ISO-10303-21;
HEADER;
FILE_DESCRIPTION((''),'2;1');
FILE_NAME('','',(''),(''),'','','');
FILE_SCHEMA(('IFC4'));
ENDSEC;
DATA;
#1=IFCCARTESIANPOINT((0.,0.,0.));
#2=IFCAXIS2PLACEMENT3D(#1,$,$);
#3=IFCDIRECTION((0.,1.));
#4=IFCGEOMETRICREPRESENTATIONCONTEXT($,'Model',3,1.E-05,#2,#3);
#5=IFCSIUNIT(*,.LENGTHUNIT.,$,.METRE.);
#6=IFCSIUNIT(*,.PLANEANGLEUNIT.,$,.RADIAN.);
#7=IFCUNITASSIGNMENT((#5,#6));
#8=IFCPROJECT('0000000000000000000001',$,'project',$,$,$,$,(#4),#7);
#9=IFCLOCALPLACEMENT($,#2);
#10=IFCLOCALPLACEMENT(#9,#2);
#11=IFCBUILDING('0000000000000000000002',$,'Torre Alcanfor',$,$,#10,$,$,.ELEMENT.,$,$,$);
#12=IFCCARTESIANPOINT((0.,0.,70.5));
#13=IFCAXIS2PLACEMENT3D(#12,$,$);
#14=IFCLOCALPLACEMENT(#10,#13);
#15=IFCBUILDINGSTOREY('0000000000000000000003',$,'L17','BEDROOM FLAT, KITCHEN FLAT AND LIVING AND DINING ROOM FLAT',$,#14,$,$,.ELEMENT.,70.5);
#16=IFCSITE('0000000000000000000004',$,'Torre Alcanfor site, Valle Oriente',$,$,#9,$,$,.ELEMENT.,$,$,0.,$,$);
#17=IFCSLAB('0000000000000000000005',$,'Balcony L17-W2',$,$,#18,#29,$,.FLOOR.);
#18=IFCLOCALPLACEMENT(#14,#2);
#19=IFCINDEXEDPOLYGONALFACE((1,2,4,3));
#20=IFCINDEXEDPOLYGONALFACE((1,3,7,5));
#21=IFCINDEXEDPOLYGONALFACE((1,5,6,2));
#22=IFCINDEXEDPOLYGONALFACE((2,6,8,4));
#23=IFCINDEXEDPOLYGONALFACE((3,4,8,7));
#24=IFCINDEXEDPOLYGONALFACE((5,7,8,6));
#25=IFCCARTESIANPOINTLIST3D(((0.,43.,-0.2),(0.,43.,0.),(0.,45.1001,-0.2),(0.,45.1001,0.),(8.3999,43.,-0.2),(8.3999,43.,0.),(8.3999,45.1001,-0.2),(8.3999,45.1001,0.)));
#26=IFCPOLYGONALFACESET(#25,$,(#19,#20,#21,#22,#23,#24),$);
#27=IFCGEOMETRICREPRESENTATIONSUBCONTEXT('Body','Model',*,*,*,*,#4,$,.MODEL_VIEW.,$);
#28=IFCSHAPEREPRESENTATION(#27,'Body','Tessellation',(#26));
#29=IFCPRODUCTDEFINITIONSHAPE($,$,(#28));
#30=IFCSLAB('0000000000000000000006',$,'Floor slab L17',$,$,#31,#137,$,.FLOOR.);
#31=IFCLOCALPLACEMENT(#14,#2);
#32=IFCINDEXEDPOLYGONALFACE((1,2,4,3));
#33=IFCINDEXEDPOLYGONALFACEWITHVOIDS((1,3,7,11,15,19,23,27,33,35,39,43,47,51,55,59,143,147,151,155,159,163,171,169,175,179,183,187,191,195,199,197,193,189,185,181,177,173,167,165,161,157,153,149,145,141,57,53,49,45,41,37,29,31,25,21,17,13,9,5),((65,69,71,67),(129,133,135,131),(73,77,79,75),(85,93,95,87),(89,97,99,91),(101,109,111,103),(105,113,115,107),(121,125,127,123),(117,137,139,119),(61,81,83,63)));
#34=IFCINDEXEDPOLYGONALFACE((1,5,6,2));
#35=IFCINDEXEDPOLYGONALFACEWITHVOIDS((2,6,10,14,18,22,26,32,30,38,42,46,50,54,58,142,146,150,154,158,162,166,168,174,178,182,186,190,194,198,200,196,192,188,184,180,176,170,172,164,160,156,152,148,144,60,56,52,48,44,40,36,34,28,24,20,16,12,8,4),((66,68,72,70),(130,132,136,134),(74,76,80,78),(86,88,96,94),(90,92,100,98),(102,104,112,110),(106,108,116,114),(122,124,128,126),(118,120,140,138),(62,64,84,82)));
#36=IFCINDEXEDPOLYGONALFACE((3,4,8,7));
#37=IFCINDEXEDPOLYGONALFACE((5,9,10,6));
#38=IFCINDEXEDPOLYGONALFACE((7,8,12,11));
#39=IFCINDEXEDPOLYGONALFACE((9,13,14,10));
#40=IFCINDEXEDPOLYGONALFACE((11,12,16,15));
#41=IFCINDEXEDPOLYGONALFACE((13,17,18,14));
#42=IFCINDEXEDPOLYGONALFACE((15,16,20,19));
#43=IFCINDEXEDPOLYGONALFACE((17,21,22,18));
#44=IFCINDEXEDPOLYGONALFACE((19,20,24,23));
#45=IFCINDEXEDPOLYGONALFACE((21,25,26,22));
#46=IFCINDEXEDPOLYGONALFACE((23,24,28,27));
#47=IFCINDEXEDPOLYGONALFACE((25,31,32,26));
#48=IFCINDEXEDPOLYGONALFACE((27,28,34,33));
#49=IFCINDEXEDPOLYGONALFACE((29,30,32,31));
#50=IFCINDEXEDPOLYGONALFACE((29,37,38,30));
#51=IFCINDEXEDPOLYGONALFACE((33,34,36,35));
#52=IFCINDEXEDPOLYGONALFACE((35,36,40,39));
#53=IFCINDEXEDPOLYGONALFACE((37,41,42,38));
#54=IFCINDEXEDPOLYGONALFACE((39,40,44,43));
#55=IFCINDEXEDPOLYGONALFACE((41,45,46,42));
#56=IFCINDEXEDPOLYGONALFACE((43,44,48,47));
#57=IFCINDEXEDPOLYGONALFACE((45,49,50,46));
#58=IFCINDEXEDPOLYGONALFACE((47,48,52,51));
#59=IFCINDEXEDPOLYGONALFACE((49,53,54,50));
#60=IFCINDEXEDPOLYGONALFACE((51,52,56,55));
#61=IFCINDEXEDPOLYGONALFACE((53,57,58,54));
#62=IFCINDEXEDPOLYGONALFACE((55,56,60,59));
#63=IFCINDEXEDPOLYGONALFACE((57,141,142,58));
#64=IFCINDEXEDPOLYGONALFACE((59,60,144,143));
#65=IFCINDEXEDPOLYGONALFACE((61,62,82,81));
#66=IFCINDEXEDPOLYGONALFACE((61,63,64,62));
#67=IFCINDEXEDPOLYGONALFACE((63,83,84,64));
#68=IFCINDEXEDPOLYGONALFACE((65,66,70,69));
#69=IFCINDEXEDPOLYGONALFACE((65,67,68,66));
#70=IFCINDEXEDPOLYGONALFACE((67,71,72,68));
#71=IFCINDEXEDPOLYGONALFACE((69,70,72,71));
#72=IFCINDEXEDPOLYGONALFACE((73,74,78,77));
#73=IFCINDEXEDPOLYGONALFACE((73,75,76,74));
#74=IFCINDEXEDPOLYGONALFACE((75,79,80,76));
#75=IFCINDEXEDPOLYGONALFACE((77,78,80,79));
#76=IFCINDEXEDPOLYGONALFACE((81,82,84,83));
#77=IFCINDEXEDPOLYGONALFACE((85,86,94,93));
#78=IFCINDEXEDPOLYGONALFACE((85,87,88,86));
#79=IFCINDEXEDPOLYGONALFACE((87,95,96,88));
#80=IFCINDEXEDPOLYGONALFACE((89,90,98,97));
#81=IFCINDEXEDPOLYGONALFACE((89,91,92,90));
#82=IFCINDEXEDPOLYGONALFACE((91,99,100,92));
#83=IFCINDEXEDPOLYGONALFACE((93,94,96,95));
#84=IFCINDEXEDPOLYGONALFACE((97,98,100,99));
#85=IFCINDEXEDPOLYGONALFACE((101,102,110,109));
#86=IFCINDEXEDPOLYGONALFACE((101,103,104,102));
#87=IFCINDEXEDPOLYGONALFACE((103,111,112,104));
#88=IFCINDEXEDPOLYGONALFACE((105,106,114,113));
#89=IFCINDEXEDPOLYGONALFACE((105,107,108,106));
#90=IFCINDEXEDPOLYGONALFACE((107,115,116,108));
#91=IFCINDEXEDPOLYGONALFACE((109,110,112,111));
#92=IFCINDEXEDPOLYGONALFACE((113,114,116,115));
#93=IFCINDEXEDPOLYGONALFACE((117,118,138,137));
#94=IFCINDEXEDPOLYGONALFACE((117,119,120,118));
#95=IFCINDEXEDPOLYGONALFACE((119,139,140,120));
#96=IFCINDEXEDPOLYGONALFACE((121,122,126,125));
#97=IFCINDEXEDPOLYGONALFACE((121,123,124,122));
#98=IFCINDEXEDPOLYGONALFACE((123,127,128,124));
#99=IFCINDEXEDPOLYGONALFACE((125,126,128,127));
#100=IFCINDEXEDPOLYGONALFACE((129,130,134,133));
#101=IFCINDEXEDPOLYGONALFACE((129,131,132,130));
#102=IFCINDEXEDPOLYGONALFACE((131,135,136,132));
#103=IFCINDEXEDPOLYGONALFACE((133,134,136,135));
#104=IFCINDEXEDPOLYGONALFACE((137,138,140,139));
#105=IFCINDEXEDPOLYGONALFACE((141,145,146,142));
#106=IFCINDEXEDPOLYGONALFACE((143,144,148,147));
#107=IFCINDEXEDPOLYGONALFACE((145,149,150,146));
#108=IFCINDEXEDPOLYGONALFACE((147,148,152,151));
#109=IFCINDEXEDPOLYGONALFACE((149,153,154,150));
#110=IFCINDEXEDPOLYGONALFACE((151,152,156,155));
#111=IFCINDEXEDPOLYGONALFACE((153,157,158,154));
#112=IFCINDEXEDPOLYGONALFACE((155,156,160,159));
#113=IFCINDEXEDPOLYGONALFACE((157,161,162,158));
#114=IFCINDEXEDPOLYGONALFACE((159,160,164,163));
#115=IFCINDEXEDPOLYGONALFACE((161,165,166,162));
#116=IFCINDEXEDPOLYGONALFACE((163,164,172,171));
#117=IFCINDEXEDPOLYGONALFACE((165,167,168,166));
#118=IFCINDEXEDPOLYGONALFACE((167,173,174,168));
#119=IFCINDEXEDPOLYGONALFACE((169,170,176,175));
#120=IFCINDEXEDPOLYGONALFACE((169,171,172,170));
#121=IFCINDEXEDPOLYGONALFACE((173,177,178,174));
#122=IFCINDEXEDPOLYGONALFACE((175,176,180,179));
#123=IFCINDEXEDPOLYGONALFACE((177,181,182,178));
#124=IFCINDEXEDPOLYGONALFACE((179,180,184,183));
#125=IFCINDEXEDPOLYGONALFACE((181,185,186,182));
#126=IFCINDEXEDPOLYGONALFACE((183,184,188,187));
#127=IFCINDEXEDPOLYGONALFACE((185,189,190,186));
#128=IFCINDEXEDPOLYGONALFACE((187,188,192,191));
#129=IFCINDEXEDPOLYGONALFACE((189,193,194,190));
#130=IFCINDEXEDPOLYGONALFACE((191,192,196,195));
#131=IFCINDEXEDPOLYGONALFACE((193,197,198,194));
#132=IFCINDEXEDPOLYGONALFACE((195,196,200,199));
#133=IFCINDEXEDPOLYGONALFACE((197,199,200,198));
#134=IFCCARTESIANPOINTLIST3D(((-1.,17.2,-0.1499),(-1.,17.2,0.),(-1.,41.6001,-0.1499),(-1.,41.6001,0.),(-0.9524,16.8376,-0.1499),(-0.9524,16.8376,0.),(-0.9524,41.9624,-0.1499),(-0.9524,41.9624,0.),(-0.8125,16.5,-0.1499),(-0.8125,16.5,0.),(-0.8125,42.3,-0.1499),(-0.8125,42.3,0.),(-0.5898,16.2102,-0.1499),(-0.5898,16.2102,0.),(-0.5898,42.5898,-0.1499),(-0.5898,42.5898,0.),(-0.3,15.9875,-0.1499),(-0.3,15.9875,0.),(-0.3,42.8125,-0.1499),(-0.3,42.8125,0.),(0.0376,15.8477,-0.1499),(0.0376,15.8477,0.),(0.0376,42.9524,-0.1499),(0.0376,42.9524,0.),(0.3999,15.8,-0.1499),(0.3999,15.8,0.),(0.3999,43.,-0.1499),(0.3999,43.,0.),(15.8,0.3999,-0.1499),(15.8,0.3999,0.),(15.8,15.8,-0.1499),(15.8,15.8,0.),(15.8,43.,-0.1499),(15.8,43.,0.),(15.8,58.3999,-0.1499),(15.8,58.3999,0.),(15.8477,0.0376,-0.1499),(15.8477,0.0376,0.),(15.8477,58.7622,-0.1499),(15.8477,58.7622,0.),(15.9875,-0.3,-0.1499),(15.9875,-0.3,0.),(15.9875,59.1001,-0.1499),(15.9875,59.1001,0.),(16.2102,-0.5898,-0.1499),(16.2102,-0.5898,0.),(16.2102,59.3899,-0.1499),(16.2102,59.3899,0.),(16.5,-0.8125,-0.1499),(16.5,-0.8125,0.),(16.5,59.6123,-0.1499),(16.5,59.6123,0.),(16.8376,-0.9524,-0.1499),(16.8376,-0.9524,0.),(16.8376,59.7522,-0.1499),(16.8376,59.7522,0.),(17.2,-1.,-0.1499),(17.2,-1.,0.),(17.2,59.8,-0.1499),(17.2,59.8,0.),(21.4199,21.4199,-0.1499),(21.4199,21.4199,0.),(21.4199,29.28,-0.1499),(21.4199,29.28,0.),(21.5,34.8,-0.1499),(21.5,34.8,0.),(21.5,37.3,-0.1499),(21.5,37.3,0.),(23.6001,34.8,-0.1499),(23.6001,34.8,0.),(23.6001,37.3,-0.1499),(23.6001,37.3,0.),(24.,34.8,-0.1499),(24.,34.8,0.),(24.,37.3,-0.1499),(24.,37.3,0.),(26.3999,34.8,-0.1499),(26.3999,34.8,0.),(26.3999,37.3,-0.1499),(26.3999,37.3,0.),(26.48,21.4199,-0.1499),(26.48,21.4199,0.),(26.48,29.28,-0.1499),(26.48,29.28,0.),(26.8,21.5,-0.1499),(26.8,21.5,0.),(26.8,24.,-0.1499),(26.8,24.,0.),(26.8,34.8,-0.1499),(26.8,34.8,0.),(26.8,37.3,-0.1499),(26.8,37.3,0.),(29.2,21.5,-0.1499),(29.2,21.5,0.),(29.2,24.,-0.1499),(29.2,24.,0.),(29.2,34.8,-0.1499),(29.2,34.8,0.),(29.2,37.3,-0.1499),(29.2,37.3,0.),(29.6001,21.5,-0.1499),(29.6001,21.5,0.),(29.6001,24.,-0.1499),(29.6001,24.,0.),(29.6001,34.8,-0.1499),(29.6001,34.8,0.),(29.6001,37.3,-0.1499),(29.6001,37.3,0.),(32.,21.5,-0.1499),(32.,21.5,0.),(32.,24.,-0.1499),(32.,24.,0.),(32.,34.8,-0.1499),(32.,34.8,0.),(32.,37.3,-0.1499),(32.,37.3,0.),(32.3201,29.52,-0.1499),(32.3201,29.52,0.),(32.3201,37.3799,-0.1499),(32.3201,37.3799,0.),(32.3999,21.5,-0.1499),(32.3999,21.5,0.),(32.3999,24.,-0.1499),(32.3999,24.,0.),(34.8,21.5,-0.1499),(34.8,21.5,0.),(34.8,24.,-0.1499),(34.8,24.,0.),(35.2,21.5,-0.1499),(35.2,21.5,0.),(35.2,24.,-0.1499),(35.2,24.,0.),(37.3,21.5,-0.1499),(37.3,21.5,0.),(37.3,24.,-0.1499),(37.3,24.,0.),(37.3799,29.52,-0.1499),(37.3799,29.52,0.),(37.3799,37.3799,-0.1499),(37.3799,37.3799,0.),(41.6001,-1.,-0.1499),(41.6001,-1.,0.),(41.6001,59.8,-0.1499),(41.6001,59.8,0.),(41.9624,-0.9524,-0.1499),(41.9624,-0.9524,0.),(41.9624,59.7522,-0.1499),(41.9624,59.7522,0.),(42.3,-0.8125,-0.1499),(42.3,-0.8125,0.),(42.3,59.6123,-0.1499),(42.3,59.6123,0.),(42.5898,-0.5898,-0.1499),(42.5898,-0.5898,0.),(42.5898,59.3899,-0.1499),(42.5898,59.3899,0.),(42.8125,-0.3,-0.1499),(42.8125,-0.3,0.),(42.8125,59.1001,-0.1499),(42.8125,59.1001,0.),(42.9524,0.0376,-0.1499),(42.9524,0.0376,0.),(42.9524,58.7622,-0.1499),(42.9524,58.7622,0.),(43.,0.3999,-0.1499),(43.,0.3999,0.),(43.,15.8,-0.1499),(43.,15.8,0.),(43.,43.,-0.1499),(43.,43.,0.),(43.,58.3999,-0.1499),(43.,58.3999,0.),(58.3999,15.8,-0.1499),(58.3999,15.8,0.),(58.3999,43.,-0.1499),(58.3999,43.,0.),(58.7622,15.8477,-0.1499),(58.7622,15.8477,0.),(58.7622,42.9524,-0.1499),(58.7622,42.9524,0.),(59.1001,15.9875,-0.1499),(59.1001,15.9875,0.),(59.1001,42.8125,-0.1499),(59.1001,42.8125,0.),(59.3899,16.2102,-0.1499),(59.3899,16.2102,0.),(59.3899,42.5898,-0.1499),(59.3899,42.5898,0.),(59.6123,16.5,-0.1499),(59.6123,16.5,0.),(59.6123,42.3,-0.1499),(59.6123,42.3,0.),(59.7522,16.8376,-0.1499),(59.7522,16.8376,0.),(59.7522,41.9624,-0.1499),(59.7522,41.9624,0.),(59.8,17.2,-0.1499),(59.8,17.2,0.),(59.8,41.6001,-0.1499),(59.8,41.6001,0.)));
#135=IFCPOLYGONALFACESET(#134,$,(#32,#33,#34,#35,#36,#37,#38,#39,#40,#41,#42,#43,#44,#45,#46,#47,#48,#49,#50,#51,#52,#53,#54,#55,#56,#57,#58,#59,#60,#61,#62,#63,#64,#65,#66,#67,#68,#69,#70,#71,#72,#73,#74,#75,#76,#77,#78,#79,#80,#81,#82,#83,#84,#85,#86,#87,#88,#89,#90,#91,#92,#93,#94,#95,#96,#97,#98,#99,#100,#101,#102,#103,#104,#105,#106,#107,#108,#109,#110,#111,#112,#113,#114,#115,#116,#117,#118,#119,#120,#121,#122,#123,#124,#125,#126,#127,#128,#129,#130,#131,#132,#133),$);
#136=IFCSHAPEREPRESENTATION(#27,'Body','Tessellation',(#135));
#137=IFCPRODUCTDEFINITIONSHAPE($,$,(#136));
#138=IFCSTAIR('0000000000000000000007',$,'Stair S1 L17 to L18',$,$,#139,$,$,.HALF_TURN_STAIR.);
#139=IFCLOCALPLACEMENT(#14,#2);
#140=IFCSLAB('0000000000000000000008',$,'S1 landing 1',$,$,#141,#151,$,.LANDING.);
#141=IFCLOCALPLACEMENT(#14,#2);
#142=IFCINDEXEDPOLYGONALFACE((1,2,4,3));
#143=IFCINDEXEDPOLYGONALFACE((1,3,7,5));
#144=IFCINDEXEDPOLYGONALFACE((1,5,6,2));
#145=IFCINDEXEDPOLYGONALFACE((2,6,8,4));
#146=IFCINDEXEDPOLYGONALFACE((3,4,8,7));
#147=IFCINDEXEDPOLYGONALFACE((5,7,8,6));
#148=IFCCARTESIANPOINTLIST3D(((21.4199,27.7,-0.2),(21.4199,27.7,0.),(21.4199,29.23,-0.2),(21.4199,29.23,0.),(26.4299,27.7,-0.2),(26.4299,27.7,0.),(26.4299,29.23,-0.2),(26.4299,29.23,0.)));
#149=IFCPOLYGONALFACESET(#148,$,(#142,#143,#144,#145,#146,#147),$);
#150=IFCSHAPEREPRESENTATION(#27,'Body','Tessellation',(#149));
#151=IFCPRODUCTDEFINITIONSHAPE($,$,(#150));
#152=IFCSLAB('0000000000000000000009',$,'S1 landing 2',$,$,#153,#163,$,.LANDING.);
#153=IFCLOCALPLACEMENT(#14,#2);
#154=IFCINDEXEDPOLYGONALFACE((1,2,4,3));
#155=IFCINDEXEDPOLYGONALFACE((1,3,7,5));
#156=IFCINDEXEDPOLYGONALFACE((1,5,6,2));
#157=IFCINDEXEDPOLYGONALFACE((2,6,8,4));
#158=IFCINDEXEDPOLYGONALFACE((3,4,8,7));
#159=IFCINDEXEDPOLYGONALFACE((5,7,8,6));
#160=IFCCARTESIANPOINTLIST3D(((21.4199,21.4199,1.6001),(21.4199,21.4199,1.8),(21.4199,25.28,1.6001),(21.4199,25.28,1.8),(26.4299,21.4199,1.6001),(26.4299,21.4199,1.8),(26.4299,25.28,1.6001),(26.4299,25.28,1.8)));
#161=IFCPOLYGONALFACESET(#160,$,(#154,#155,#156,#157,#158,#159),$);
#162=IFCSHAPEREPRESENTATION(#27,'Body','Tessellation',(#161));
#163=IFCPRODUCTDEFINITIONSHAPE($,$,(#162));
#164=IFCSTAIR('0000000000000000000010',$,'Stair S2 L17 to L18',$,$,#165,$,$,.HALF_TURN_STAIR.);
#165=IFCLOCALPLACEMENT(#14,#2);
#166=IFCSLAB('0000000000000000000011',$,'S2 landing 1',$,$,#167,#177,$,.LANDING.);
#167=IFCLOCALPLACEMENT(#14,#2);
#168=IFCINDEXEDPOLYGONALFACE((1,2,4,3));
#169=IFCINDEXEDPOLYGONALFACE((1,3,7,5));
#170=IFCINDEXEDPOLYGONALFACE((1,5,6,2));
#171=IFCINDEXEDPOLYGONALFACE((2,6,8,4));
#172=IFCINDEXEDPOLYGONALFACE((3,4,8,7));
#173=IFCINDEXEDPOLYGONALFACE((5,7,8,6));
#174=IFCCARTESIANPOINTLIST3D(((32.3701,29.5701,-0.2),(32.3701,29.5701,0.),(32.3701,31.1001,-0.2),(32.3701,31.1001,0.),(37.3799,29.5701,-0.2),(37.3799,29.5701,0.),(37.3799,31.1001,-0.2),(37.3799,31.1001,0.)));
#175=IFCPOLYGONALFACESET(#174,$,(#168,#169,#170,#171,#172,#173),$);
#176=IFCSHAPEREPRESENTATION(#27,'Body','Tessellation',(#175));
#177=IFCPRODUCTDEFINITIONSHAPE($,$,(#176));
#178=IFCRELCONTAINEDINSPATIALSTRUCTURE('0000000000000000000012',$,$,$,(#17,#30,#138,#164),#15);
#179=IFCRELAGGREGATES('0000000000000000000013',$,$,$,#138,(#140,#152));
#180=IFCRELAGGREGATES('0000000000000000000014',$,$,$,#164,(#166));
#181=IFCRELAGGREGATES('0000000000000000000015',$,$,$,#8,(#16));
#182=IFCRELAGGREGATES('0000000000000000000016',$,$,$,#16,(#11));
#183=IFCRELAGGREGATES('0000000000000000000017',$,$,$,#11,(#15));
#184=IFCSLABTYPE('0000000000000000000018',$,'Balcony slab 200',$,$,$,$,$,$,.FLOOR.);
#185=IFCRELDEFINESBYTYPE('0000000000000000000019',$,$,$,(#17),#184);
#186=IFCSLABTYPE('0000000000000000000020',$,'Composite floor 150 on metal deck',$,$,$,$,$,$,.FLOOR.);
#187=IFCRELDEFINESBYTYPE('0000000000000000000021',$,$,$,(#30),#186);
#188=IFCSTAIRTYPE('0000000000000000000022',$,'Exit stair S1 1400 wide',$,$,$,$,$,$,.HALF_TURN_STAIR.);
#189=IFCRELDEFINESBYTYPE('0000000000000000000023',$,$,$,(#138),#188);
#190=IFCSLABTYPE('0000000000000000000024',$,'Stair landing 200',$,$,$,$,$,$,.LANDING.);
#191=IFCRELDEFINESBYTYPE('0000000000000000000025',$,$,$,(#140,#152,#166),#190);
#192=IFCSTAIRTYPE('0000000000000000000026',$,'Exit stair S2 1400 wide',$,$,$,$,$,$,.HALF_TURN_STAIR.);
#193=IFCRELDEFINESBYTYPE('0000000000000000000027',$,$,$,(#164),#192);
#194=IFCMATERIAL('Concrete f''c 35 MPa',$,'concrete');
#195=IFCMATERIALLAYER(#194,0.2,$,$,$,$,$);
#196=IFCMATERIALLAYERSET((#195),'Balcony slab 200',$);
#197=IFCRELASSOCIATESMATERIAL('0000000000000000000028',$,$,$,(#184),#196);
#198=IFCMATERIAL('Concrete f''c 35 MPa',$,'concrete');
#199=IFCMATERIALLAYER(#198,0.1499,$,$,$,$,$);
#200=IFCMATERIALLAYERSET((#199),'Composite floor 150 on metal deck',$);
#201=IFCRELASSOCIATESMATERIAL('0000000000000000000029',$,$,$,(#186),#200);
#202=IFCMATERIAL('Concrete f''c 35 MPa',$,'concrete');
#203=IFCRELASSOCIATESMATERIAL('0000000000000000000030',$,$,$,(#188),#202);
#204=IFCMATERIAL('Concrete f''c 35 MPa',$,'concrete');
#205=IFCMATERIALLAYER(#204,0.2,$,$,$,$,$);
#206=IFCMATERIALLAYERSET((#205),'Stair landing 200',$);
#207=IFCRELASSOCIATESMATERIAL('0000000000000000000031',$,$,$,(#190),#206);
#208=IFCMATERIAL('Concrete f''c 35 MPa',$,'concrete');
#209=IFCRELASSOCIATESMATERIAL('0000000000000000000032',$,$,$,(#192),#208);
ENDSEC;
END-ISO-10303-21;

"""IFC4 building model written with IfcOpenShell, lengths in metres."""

from ifc_helpers import new_model, si_unit, direction, frame, origin, place, context, subcontext, project, spatial, polyline, outline, extrude, material, layer, layer_set, type_object, element, aggregate, save


model = new_model("IFC4")

# Units and contexts
model_context = context("Model", 3, precision=1e-05, world=origin(), true_north=direction((0.0, 1.0)))
body_context = subcontext(model_context, "Body", "Model", "MODEL_VIEW")
ifc_project = project(units=[si_unit("LENGTHUNIT", "METRE"), si_unit("PLANEANGLEUNIT", "RADIAN")], contexts=[model_context])

# Site, building, storey
site_placement = place(None, origin())
site = spatial("IfcSite", under=ifc_project, at=site_placement, Name="Torre Alcanfor site, Valle Oriente", CompositionType="ELEMENT", RefElevation=0.0)
building_placement = place(site_placement, origin())
building = spatial("IfcBuilding", under=site, at=building_placement, Name="Torre Alcanfor", CompositionType="ELEMENT")
storey_placement = place(building_placement, frame((0.0, 0.0, 70.5)))
storey = spatial("IfcBuildingStorey", under=building, at=storey_placement, Name="L17", Description="BEDROOM FLAT, KITCHEN FLAT AND LIVING AND DINING ROOM FLAT", CompositionType="ELEMENT", Elevation=70.5)

# Slabs
ifc_material_1 = material(Name="Concrete f'c 35 MPa", Category="concrete")
ifc_layer_1 = layer(ifc_material_1, 0.2)
ifc_layer_set_1 = layer_set([ifc_layer_1], Name="Balcony slab 200")
slab_type_1 = type_object("IfcSlabType", Name="Balcony slab 200", PredefinedType="FLOOR", material=ifc_layer_set_1)
slab_1_placement = place(storey_placement, frame((0.0, 0.0, -0.2)))
element("IfcSlab", 1, at=slab_1_placement, inside=storey, type_object=slab_type_1, Name="Balcony L17-W2", PredefinedType="FLOOR", context=body_context, shape_type="SweptSolid", body=[
    extrude(outline(polyline([(8.3999, 45.1001), (0.0, 45.1001), (0.0, 43.0), (8.3999, 43.0), (8.3999, 45.1001)])), origin(), (0.0, 0.0, 1.0), 0.2),
])
ifc_material_2 = material(Name="Concrete f'c 35 MPa", Category="concrete")
ifc_layer_2 = layer(ifc_material_2, 0.1499)
ifc_layer_set_2 = layer_set([ifc_layer_2], Name="Composite floor 150 on metal deck")
slab_type_2 = type_object("IfcSlabType", Name="Composite floor 150 on metal deck", PredefinedType="FLOOR", material=ifc_layer_set_2)
slab_2_placement = place(storey_placement, frame((0.0, 0.0, -0.1499)))
element("IfcSlab", 2, at=slab_2_placement, inside=storey, type_object=slab_type_2, Name="Floor slab L17", PredefinedType="FLOOR", context=body_context, shape_type="SweptSolid", body=[
    extrude(outline(polyline([(15.8, 43.0), (0.3999, 43.0), (0.0376, 42.9524), (-0.3, 42.8125), (-0.5898, 42.5898), (-0.8125, 42.3), (-0.9524, 41.9624), (-1.0, 41.6001), (-1.0, 17.2), (-0.9524, 16.8376), (-0.8125, 16.5), (-0.5898, 16.2102), (-0.3, 15.9875), (0.0376, 15.8477), (0.3999, 15.8), (15.8, 15.8), (15.8, 0.3999), (15.8477, 0.0376), (15.9875, -0.3), (16.2102, -0.5898), (16.5, -0.8125), (16.8376, -0.9524), (17.2, -1.0), (41.6001, -1.0), (41.9624, -0.9524), (42.3, -0.8125), (42.5898, -0.5898), (42.8125, -0.3), (42.9524, 0.0376), (43.0, 0.3999), (43.0, 15.8), (58.3999, 15.8), (58.7622, 15.8477), (59.1001, 15.9875), (59.3899, 16.2102), (59.6123, 16.5), (59.7522, 16.8376), (59.8, 17.2), (59.8, 41.6001), (59.7522, 41.9624), (59.6123, 42.3), (59.3899, 42.5898), (59.1001, 42.8125), (58.7622, 42.9524), (58.3999, 43.0), (43.0, 43.0), (43.0, 58.3999), (42.9524, 58.7622), (42.8125, 59.1001), (42.5898, 59.3899), (42.3, 59.6123), (41.9624, 59.7522), (41.6001, 59.8), (17.2, 59.8), (16.8376, 59.7522), (16.5, 59.6123), (16.2102, 59.3899), (15.9875, 59.1001), (15.8477, 58.7622), (15.8, 58.3999), (15.8, 43.0)]), holes=[polyline([(21.4199, 21.4199), (26.48, 21.4199), (26.48, 29.28), (21.4199, 29.28), (21.4199, 21.4199)]), polyline([(32.3201, 29.52), (37.3799, 29.52), (37.3799, 37.3799), (32.3201, 37.3799), (32.3201, 29.52)]), polyline([(26.8, 21.5), (29.2, 21.5), (29.2, 24.0), (26.8, 24.0), (26.8, 21.5)]), polyline([(29.6001, 21.5), (32.0, 21.5), (32.0, 24.0), (29.6001, 24.0), (29.6001, 21.5)]), polyline([(32.3999, 21.5), (34.8, 21.5), (34.8, 24.0), (32.3999, 24.0), (32.3999, 21.5)]), polyline([(35.2, 21.5), (37.3, 21.5), (37.3, 24.0), (35.2, 24.0), (35.2, 21.5)]), polyline([(21.5, 34.8), (23.6001, 34.8), (23.6001, 37.3), (21.5, 37.3), (21.5, 34.8)]), polyline([(24.0, 34.8), (26.3999, 34.8), (26.3999, 37.3), (24.0, 37.3), (24.0, 34.8)]), polyline([(26.8, 34.8), (29.2, 34.8), (29.2, 37.3), (26.8, 37.3), (26.8, 34.8)]), polyline([(29.6001, 34.8), (32.0, 34.8), (32.0, 37.3), (29.6001, 37.3), (29.6001, 34.8)])]), origin(), (0.0, 0.0, 1.0), 0.1499),
])

# Stairs, slabs
ifc_material_3 = material(Name="Concrete f'c 35 MPa", Category="concrete")
stair_type_1 = type_object("IfcStairType", Name="Exit stair S1 1400 wide", PredefinedType="HALF_TURN_STAIR", material=ifc_material_3)
stair_1_placement = place(storey_placement, origin())
stair_1 = element("IfcStair", 3, at=stair_1_placement, inside=storey, type_object=stair_type_1, Name="Stair S1 L17 to L18", PredefinedType="HALF_TURN_STAIR")
ifc_material_4 = material(Name="Concrete f'c 35 MPa", Category="concrete")
ifc_layer_3 = layer(ifc_material_4, 0.2)
ifc_layer_set_3 = layer_set([ifc_layer_3], Name="Stair landing 200")
slab_type_3 = type_object("IfcSlabType", Name="Stair landing 200", PredefinedType="LANDING", material=ifc_layer_set_3)
slab_3_placement = place(storey_placement, frame((0.0, 0.0, -0.2)))
slab_3 = element("IfcSlab", 4, at=slab_3_placement, type_object=slab_type_3, Name="S1 landing 1", PredefinedType="LANDING", context=body_context, shape_type="SweptSolid", body=[
    extrude(outline(polyline([(21.4199, 27.7), (26.4299, 27.7), (26.4299, 29.23), (21.4199, 29.23), (21.4199, 27.7)])), origin(), (0.0, 0.0, 1.0), 0.2),
])
slab_4_placement = place(storey_placement, frame((0.0, 0.0, 1.6001)))
slab_4 = element("IfcSlab", 5, at=slab_4_placement, type_object=slab_type_3, Name="S1 landing 2", PredefinedType="LANDING", context=body_context, shape_type="SweptSolid", body=[
    extrude(outline(polyline([(21.4199, 21.4199), (26.4299, 21.4199), (26.4299, 25.28), (21.4199, 25.28), (21.4199, 21.4199)])), origin(), (0.0, 0.0, 1.0), 0.2),
])
aggregate(stair_1, [slab_3, slab_4])
ifc_material_5 = material(Name="Concrete f'c 35 MPa", Category="concrete")
stair_type_2 = type_object("IfcStairType", Name="Exit stair S2 1400 wide", PredefinedType="HALF_TURN_STAIR", material=ifc_material_5)
stair_2_placement = place(storey_placement, origin())
stair_2 = element("IfcStair", 6, at=stair_2_placement, inside=storey, type_object=stair_type_2, Name="Stair S2 L17 to L18", PredefinedType="HALF_TURN_STAIR")
slab_5_placement = place(storey_placement, frame((0.0, 0.0, -0.2)))
slab_5 = element("IfcSlab", 7, at=slab_5_placement, type_object=slab_type_3, Name="S2 landing 1", PredefinedType="LANDING", context=body_context, shape_type="SweptSolid", body=[
    extrude(outline(polyline([(32.3701, 29.5701), (37.3799, 29.5701), (37.3799, 31.1001), (32.3701, 31.1001), (32.3701, 29.5701)])), origin(), (0.0, 0.0, 1.0), 0.2),
])
aggregate(stair_2, [slab_5])

save(model, "model.ifc")
